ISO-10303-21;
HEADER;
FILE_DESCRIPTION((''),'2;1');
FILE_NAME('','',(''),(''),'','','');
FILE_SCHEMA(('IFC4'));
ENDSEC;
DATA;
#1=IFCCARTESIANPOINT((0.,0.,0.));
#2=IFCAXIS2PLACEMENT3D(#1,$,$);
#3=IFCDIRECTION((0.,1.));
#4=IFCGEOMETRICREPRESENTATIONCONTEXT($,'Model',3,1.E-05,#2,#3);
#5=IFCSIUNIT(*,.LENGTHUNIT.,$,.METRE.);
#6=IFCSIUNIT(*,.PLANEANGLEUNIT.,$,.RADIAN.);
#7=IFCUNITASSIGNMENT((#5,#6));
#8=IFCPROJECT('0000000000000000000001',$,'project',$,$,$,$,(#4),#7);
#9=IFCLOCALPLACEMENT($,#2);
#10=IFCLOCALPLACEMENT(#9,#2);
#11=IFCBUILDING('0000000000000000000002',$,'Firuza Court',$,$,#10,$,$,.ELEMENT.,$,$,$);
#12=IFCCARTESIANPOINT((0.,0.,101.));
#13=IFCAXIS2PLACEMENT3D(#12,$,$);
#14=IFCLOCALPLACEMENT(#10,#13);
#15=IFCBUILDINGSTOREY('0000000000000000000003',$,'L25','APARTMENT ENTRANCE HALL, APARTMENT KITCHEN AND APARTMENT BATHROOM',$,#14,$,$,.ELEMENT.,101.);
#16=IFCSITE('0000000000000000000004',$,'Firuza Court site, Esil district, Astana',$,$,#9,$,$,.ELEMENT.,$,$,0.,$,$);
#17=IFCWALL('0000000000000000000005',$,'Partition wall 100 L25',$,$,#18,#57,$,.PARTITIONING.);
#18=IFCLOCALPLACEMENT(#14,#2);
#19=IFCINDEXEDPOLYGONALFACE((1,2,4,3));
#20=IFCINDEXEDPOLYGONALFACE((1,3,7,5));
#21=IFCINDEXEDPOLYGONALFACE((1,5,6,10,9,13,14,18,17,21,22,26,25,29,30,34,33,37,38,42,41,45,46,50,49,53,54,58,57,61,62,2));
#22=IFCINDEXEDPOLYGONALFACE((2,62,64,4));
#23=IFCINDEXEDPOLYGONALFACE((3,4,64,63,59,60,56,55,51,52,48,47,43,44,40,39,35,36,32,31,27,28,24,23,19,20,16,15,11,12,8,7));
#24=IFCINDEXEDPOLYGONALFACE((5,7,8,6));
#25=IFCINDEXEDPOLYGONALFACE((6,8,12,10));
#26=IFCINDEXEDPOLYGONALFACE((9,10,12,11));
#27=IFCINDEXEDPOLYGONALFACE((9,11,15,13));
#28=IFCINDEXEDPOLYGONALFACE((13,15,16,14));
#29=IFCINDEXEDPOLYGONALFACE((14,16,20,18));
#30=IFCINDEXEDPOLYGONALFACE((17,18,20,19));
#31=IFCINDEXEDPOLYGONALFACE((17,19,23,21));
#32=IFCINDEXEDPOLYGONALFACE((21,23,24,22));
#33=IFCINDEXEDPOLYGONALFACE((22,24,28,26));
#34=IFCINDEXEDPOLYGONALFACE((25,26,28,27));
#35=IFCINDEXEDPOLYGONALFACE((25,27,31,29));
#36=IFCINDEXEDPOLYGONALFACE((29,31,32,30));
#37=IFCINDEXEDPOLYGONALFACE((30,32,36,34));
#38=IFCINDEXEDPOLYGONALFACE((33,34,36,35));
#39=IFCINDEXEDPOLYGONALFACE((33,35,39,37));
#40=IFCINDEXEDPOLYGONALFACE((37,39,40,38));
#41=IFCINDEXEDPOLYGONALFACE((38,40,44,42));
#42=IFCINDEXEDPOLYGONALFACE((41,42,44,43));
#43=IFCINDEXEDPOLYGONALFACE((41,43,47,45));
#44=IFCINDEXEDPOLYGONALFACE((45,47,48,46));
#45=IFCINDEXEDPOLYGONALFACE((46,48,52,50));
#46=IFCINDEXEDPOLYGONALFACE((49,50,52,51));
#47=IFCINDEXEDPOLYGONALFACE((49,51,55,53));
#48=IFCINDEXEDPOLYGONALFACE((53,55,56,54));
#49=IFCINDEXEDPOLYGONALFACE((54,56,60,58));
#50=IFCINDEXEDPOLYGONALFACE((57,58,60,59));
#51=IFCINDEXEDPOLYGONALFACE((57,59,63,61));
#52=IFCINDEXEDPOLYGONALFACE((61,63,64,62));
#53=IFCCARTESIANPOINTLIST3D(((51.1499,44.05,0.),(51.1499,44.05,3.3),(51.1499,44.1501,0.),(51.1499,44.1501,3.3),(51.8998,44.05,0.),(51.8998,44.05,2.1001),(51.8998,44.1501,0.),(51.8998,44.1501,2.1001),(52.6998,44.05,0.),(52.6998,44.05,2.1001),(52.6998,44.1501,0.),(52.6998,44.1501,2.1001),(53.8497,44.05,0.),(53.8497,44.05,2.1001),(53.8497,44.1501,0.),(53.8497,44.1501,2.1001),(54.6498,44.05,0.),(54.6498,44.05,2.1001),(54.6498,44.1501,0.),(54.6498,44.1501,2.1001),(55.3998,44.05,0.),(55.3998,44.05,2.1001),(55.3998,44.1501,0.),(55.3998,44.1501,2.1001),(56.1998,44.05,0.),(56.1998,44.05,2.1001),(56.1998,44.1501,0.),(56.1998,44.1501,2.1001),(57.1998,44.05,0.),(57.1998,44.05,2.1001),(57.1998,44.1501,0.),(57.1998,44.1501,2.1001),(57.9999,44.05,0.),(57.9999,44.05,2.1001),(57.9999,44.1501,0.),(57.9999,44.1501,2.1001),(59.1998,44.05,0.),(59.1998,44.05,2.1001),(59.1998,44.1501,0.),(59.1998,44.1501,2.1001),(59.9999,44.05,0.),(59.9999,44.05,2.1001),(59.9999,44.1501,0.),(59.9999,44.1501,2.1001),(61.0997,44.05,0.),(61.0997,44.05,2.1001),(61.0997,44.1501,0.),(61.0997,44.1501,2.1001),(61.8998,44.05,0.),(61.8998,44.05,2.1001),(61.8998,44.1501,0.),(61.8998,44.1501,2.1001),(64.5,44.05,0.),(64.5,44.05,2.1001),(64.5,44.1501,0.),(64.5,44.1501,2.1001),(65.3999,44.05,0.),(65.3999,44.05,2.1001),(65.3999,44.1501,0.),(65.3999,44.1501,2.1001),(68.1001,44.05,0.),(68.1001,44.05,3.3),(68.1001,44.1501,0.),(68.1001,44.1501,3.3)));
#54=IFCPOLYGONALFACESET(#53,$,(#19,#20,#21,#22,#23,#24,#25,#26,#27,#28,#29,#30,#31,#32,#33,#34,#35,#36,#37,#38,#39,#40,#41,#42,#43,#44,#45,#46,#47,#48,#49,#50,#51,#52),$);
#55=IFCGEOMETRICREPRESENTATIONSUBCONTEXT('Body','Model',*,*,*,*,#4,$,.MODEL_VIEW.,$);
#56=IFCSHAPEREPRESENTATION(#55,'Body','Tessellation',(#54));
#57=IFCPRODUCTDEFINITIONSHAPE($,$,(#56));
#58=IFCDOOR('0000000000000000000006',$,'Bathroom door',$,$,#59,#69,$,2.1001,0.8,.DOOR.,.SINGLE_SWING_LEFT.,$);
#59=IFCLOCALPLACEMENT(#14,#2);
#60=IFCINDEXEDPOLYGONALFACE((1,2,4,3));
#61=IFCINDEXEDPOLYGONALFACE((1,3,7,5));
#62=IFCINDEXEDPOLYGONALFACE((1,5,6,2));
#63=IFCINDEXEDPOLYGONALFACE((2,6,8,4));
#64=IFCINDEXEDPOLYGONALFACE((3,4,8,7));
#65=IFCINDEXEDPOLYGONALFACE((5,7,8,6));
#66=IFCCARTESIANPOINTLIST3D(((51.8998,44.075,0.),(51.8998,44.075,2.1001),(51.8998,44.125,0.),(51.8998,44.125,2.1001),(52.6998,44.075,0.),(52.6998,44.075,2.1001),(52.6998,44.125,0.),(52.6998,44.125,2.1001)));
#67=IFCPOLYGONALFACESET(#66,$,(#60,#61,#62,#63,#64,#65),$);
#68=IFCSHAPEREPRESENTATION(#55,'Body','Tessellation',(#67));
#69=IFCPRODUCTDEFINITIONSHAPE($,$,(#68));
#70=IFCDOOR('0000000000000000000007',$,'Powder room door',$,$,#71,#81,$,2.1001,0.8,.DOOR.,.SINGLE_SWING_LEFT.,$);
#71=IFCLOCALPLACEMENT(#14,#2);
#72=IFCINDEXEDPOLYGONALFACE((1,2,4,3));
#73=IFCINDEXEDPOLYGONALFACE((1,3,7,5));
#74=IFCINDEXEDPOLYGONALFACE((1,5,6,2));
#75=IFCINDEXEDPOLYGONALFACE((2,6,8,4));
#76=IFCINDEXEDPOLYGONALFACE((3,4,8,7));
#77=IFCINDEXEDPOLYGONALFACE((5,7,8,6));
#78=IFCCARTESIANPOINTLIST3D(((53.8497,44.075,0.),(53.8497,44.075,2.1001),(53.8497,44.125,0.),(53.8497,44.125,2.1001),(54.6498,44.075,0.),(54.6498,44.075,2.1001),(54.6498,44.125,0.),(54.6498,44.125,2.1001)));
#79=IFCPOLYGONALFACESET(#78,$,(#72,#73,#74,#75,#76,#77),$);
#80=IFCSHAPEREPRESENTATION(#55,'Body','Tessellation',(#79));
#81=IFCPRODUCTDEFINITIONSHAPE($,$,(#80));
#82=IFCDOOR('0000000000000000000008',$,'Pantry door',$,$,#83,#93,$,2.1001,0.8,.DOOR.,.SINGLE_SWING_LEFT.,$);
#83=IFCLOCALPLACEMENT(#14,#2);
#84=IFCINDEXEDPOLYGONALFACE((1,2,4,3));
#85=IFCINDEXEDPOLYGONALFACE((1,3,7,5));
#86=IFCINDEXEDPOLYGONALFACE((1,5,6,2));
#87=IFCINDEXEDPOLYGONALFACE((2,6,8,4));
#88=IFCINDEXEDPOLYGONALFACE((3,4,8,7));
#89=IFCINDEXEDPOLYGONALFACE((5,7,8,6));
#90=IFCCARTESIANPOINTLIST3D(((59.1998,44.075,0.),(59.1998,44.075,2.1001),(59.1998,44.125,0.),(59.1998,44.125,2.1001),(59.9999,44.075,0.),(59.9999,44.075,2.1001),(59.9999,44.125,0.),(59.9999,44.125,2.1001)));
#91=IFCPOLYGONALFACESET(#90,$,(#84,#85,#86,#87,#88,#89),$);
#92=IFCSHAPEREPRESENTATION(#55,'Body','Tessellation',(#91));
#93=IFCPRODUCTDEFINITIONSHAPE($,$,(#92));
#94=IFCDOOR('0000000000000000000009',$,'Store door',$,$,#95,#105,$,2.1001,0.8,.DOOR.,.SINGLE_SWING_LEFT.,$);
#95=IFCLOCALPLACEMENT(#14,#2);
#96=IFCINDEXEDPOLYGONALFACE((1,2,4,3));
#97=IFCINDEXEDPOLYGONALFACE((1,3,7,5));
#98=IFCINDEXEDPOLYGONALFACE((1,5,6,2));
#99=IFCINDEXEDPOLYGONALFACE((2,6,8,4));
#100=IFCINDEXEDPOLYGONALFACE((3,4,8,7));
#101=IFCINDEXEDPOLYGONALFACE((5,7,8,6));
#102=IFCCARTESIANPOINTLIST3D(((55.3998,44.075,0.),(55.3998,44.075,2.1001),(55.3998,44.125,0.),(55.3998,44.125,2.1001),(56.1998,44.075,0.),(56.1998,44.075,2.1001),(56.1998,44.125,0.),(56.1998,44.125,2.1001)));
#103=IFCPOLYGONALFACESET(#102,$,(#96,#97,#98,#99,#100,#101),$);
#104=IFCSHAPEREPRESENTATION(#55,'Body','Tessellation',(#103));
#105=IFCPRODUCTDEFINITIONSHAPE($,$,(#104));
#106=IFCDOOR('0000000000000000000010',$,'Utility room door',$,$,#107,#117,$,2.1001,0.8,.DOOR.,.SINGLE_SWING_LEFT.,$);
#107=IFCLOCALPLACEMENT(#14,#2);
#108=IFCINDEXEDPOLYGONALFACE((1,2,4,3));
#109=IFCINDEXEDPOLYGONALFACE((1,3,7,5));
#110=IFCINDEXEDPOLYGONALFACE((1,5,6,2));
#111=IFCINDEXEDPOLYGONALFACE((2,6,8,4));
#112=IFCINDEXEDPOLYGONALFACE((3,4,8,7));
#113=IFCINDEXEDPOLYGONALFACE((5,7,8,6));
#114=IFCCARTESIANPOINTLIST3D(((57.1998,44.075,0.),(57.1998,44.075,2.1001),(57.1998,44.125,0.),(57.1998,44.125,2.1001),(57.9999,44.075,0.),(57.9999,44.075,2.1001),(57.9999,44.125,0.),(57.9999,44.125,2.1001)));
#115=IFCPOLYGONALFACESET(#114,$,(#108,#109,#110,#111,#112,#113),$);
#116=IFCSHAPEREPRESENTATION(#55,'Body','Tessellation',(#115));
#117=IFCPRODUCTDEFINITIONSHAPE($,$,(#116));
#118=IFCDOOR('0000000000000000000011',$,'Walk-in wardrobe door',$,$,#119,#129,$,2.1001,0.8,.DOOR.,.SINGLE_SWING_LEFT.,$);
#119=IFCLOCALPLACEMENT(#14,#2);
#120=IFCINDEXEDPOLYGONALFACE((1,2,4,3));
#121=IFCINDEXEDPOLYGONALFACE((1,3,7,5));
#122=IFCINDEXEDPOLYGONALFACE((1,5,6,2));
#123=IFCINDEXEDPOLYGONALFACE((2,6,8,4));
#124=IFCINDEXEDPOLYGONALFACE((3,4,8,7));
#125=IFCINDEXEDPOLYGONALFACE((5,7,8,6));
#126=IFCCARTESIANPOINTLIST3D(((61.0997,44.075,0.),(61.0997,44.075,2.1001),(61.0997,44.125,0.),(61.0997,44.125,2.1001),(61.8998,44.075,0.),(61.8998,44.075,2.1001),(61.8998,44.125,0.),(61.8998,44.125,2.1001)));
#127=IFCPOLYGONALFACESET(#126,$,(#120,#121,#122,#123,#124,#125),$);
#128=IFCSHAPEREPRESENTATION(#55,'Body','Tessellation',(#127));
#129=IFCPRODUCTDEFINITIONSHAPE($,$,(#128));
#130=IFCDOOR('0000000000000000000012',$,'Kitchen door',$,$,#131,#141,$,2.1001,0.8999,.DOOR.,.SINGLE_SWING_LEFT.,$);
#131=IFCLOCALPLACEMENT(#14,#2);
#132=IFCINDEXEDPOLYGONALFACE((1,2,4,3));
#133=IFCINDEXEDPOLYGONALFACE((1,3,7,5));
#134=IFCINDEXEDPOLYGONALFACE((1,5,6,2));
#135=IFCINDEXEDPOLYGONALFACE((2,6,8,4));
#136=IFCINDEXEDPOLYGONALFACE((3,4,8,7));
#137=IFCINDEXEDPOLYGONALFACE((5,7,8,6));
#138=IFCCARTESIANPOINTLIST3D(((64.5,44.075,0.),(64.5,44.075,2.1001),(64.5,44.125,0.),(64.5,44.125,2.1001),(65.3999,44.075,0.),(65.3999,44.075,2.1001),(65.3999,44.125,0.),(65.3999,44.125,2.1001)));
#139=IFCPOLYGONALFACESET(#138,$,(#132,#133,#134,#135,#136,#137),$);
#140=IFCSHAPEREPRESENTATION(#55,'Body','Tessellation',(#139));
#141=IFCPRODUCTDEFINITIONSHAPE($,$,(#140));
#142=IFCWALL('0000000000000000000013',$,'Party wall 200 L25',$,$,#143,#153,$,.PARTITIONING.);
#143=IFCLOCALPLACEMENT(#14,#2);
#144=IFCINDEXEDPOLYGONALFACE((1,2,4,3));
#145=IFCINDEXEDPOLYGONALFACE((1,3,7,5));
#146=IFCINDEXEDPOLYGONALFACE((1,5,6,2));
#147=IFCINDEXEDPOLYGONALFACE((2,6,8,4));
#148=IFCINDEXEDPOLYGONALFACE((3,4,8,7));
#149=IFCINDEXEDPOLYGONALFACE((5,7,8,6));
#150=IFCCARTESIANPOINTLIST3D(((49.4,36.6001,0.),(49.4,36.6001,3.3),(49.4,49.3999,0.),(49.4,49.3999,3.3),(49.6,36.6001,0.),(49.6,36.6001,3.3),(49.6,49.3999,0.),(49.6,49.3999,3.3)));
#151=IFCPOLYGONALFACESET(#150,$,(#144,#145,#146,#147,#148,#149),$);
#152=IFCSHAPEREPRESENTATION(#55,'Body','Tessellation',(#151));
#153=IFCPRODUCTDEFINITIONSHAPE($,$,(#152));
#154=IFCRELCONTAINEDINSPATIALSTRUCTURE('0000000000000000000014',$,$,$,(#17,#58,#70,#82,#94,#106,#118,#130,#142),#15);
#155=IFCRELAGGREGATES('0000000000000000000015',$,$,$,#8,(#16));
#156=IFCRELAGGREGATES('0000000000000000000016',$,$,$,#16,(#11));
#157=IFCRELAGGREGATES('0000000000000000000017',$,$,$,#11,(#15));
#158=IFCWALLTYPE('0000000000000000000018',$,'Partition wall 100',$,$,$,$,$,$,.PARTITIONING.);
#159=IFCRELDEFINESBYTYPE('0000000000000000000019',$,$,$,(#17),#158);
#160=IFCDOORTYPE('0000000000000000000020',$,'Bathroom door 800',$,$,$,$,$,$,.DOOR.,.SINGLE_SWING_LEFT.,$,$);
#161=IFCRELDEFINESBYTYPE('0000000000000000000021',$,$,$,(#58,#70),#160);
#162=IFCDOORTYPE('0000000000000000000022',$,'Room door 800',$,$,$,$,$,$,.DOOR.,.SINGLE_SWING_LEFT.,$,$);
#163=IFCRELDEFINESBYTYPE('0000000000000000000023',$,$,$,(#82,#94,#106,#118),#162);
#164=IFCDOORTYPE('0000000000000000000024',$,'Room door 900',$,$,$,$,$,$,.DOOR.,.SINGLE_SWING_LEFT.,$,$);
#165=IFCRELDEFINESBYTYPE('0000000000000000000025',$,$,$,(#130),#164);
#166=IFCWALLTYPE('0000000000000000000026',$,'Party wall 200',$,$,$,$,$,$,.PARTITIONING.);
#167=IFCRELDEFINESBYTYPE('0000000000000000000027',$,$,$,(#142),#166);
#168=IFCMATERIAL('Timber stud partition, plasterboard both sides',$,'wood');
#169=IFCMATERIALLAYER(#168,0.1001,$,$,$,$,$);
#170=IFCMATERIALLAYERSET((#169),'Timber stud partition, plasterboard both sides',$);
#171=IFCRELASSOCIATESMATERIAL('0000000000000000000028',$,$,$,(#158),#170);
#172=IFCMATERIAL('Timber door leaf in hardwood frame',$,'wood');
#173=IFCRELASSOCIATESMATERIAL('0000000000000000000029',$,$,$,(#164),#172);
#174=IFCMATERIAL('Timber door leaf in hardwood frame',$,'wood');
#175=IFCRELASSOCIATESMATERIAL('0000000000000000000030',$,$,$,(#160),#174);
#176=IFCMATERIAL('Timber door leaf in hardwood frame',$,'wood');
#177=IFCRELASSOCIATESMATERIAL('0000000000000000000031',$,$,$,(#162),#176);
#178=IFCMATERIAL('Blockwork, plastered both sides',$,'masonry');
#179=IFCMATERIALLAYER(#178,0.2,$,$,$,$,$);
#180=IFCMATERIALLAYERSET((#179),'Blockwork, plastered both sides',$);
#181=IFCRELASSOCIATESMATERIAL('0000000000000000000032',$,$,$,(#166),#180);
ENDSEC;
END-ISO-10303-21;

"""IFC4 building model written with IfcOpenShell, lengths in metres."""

from ifc_helpers import new_model, si_unit, direction, frame, frame_2d, origin, place, context, subcontext, project, spatial, rectangle, extrude, material, layer, layer_set, type_object, element, fill, save


model = new_model("IFC4")

# Units and contexts
model_context = context("Model", 3, precision=1e-05, world=origin(), true_north=direction((0.0, 1.0)))
body_context = subcontext(model_context, "Body", "Model", "MODEL_VIEW")
ifc_project = project(units=[si_unit("LENGTHUNIT", "METRE"), si_unit("PLANEANGLEUNIT", "RADIAN")], contexts=[model_context])

# Site, building, storey
site_placement = place(None, origin())
site = spatial("IfcSite", under=ifc_project, at=site_placement, Name="Firuza Court site, Esil district, Astana", CompositionType="ELEMENT", RefElevation=0.0)
building_placement = place(site_placement, origin())
building = spatial("IfcBuilding", under=site, at=building_placement, Name="Firuza Court", CompositionType="ELEMENT")
storey_placement = place(building_placement, frame((0.0, 0.0, 101.0)))
storey = spatial("IfcBuildingStorey", under=building, at=storey_placement, Name="L25", Description="APARTMENT ENTRANCE HALL, APARTMENT KITCHEN AND APARTMENT BATHROOM", CompositionType="ELEMENT", Elevation=101.0)

# Wall, openings, doors
ifc_material_1 = material(Name="Timber stud partition, plasterboard both sides", Category="wood")
ifc_layer_1 = layer(ifc_material_1, 0.1001)
ifc_layer_set_1 = layer_set([ifc_layer_1], Name="Timber stud partition, plasterboard both sides")
wall_type_1 = type_object("IfcWallType", Name="Partition wall 100", PredefinedType="PARTITIONING", material=ifc_layer_set_1)
ifc_material_2 = material(Name="Timber door leaf in hardwood frame", Category="wood")
door_type_1 = type_object("IfcDoorType", Name="Room door 900", OperationType="SINGLE_SWING_LEFT", PredefinedType="DOOR", material=ifc_material_2)
wall_1_placement = place(storey_placement, frame((51.1499, 44.1001, 0.0), z_axis=(0.0, 0.0, 1.0), x_axis=(1.0, 0.0, 0.0)))
wall_1 = element("IfcWall", 1, at=wall_1_placement, inside=storey, type_object=wall_type_1, Name="Partition wall 100 L25", PredefinedType="PARTITIONING", context=body_context, shape_type="SweptSolid", body=[
    extrude(rectangle(XDim=16.9502, YDim=0.1001, at=frame_2d((8.4751, 0.0))), origin(), (0.0, 0.0, 1.0), 3.3),
])
opening_1_placement = place(wall_1_placement, frame((0.75, 0.0, 0.0)))
opening_1 = element("IfcOpeningElement", 2, at=opening_1_placement, cuts=wall_1, PredefinedType="OPENING", context=body_context, shape_type="SweptSolid", body=[
    extrude(rectangle(XDim=0.8, YDim=2.1001, at=frame_2d((0.3999, 1.05))), frame((0.0, 0.062, 0.0), z_axis=(0.0, -1.0, 0.0), x_axis=(1.0, 0.0, 0.0)), (0.0, 0.0, 1.0), 0.124),
])
opening_2_placement = place(wall_1_placement, frame((13.3501, 0.0, 0.0)))
opening_2 = element("IfcOpeningElement", 3, at=opening_2_placement, cuts=wall_1, PredefinedType="OPENING", context=body_context, shape_type="SweptSolid", body=[
    extrude(rectangle(XDim=0.8999, YDim=2.1001, at=frame_2d((0.45, 1.05))), frame((0.0, 0.062, 0.0), z_axis=(0.0, -1.0, 0.0), x_axis=(1.0, 0.0, 0.0)), (0.0, 0.0, 1.0), 0.124),
])
opening_3_placement = place(wall_1_placement, frame((8.05, 0.0, 0.0)))
opening_3 = element("IfcOpeningElement", 4, at=opening_3_placement, cuts=wall_1, PredefinedType="OPENING", context=body_context, shape_type="SweptSolid", body=[
    extrude(rectangle(XDim=0.8, YDim=2.1001, at=frame_2d((0.3999, 1.05))), frame((0.0, 0.062, 0.0), z_axis=(0.0, -1.0, 0.0), x_axis=(1.0, 0.0, 0.0)), (0.0, 0.0, 1.0), 0.124),
])
opening_4_placement = place(wall_1_placement, frame((4.25, 0.0, 0.0)))
opening_4 = element("IfcOpeningElement", 5, at=opening_4_placement, cuts=wall_1, PredefinedType="OPENING", context=body_context, shape_type="SweptSolid", body=[
    extrude(rectangle(XDim=0.8, YDim=2.1001, at=frame_2d((0.3999, 1.05))), frame((0.0, 0.062, 0.0), z_axis=(0.0, -1.0, 0.0), x_axis=(1.0, 0.0, 0.0)), (0.0, 0.0, 1.0), 0.124),
])
opening_5_placement = place(wall_1_placement, frame((6.05, 0.0, 0.0)))
opening_5 = element("IfcOpeningElement", 6, at=opening_5_placement, cuts=wall_1, PredefinedType="OPENING", context=body_context, shape_type="SweptSolid", body=[
    extrude(rectangle(XDim=0.8, YDim=2.1001, at=frame_2d((0.3999, 1.05))), frame((0.0, 0.062, 0.0), z_axis=(0.0, -1.0, 0.0), x_axis=(1.0, 0.0, 0.0)), (0.0, 0.0, 1.0), 0.124),
])
opening_6_placement = place(wall_1_placement, frame((9.95, 0.0, 0.0)))
opening_6 = element("IfcOpeningElement", 7, at=opening_6_placement, cuts=wall_1, PredefinedType="OPENING", context=body_context, shape_type="SweptSolid", body=[
    extrude(rectangle(XDim=0.8, YDim=2.1001, at=frame_2d((0.3999, 1.05))), frame((0.0, 0.062, 0.0), z_axis=(0.0, -1.0, 0.0), x_axis=(1.0, 0.0, 0.0)), (0.0, 0.0, 1.0), 0.124),
])
opening_7_placement = place(wall_1_placement, frame((2.7, 0.0, 0.0)))
opening_7 = element("IfcOpeningElement", 8, at=opening_7_placement, cuts=wall_1, PredefinedType="OPENING", context=body_context, shape_type="SweptSolid", body=[
    extrude(rectangle(XDim=0.8, YDim=2.1001, at=frame_2d((0.3999, 1.05))), frame((0.0, 0.062, 0.0), z_axis=(0.0, -1.0, 0.0), x_axis=(1.0, 0.0, 0.0)), (0.0, 0.0, 1.0), 0.124),
])
ifc_material_3 = material(Name="Timber door leaf in hardwood frame", Category="wood")
door_type_2 = type_object("IfcDoorType", Name="Bathroom door 800", OperationType="SINGLE_SWING_LEFT", PredefinedType="DOOR", material=ifc_material_3)
door_1_placement = place(opening_1_placement, origin())
door_1 = element("IfcDoor", 9, at=door_1_placement, inside=storey, type_object=door_type_2, Name="Bathroom door", OperationType="SINGLE_SWING_LEFT", OverallHeight=2.1001, OverallWidth=0.8, PredefinedType="DOOR", context=body_context, shape_type="SweptSolid", body=[
    extrude(rectangle(XDim=0.8, YDim=2.1001, at=frame_2d((0.3999, 1.05))), frame((0.0, 0.0249, 0.0), z_axis=(0.0, -1.0, 0.0), x_axis=(1.0, 0.0, 0.0)), (0.0, 0.0, 1.0), 0.05),
])
fill(opening_1, door_1)
door_2_placement = place(opening_7_placement, origin())
door_2 = element("IfcDoor", 10, at=door_2_placement, inside=storey, type_object=door_type_2, Name="Powder room door", OperationType="SINGLE_SWING_LEFT", OverallHeight=2.1001, OverallWidth=0.8, PredefinedType="DOOR", context=body_context, shape_type="SweptSolid", body=[
    extrude(rectangle(XDim=0.8, YDim=2.1001, at=frame_2d((0.3999, 1.05))), frame((0.0, 0.0249, 0.0), z_axis=(0.0, -1.0, 0.0), x_axis=(1.0, 0.0, 0.0)), (0.0, 0.0, 1.0), 0.05),
])
fill(opening_7, door_2)
ifc_material_4 = material(Name="Timber door leaf in hardwood frame", Category="wood")
door_type_3 = type_object("IfcDoorType", Name="Room door 800", OperationType="SINGLE_SWING_LEFT", PredefinedType="DOOR", material=ifc_material_4)
door_3_placement = place(opening_3_placement, origin())
door_3 = element("IfcDoor", 11, at=door_3_placement, inside=storey, type_object=door_type_3, Name="Pantry door", OperationType="SINGLE_SWING_LEFT", OverallHeight=2.1001, OverallWidth=0.8, PredefinedType="DOOR", context=body_context, shape_type="SweptSolid", body=[
    extrude(rectangle(XDim=0.8, YDim=2.1001, at=frame_2d((0.3999, 1.05))), frame((0.0, 0.0249, 0.0), z_axis=(0.0, -1.0, 0.0), x_axis=(1.0, 0.0, 0.0)), (0.0, 0.0, 1.0), 0.05),
])
fill(opening_3, door_3)
door_4_placement = place(opening_4_placement, origin())
door_4 = element("IfcDoor", 12, at=door_4_placement, inside=storey, type_object=door_type_3, Name="Store door", OperationType="SINGLE_SWING_LEFT", OverallHeight=2.1001, OverallWidth=0.8, PredefinedType="DOOR", context=body_context, shape_type="SweptSolid", body=[
    extrude(rectangle(XDim=0.8, YDim=2.1001, at=frame_2d((0.3999, 1.05))), frame((0.0, 0.0249, 0.0), z_axis=(0.0, -1.0, 0.0), x_axis=(1.0, 0.0, 0.0)), (0.0, 0.0, 1.0), 0.05),
])
fill(opening_4, door_4)
door_5_placement = place(opening_5_placement, origin())
door_5 = element("IfcDoor", 13, at=door_5_placement, inside=storey, type_object=door_type_3, Name="Utility room door", OperationType="SINGLE_SWING_LEFT", OverallHeight=2.1001, OverallWidth=0.8, PredefinedType="DOOR", context=body_context, shape_type="SweptSolid", body=[
    extrude(rectangle(XDim=0.8, YDim=2.1001, at=frame_2d((0.3999, 1.05))), frame((0.0, 0.0249, 0.0), z_axis=(0.0, -1.0, 0.0), x_axis=(1.0, 0.0, 0.0)), (0.0, 0.0, 1.0), 0.05),
])
fill(opening_5, door_5)
door_6_placement = place(opening_6_placement, origin())
door_6 = element("IfcDoor", 14, at=door_6_placement, inside=storey, type_object=door_type_3, Name="Walk-in wardrobe door", OperationType="SINGLE_SWING_LEFT", OverallHeight=2.1001, OverallWidth=0.8, PredefinedType="DOOR", context=body_context, shape_type="SweptSolid", body=[
    extrude(rectangle(XDim=0.8, YDim=2.1001, at=frame_2d((0.3999, 1.05))), frame((0.0, 0.0249, 0.0), z_axis=(0.0, -1.0, 0.0), x_axis=(1.0, 0.0, 0.0)), (0.0, 0.0, 1.0), 0.05),
])
fill(opening_6, door_6)
door_7_placement = place(opening_2_placement, origin())
door_7 = element("IfcDoor", 15, at=door_7_placement, inside=storey, type_object=door_type_1, Name="Kitchen door", OperationType="SINGLE_SWING_LEFT", OverallHeight=2.1001, OverallWidth=0.8999, PredefinedType="DOOR", context=body_context, shape_type="SweptSolid", body=[
    extrude(rectangle(XDim=0.8999, YDim=2.1001, at=frame_2d((0.45, 1.05))), frame((0.0, 0.0249, 0.0), z_axis=(0.0, -1.0, 0.0), x_axis=(1.0, 0.0, 0.0)), (0.0, 0.0, 1.0), 0.05),
])
fill(opening_2, door_7)

# Wall
ifc_material_5 = material(Name="Blockwork, plastered both sides", Category="masonry")
ifc_layer_2 = layer(ifc_material_5, 0.2)
ifc_layer_set_2 = layer_set([ifc_layer_2], Name="Blockwork, plastered both sides")
wall_type_2 = type_object("IfcWallType", Name="Party wall 200", PredefinedType="PARTITIONING", material=ifc_layer_set_2)
wall_2_placement = place(storey_placement, frame((49.5, 36.6001, 0.0), z_axis=(0.0, 0.0, 1.0), x_axis=(0.0, 1.0, 0.0)))
element("IfcWall", 16, at=wall_2_placement, inside=storey, type_object=wall_type_2, Name="Party wall 200 L25", PredefinedType="PARTITIONING", context=body_context, shape_type="SweptSolid", body=[
    extrude(rectangle(XDim=12.7998, YDim=0.2, at=frame_2d((6.3999, 0.0))), origin(), (0.0, 0.0, 1.0), 3.3),
])

save(model, "model.ifc")
